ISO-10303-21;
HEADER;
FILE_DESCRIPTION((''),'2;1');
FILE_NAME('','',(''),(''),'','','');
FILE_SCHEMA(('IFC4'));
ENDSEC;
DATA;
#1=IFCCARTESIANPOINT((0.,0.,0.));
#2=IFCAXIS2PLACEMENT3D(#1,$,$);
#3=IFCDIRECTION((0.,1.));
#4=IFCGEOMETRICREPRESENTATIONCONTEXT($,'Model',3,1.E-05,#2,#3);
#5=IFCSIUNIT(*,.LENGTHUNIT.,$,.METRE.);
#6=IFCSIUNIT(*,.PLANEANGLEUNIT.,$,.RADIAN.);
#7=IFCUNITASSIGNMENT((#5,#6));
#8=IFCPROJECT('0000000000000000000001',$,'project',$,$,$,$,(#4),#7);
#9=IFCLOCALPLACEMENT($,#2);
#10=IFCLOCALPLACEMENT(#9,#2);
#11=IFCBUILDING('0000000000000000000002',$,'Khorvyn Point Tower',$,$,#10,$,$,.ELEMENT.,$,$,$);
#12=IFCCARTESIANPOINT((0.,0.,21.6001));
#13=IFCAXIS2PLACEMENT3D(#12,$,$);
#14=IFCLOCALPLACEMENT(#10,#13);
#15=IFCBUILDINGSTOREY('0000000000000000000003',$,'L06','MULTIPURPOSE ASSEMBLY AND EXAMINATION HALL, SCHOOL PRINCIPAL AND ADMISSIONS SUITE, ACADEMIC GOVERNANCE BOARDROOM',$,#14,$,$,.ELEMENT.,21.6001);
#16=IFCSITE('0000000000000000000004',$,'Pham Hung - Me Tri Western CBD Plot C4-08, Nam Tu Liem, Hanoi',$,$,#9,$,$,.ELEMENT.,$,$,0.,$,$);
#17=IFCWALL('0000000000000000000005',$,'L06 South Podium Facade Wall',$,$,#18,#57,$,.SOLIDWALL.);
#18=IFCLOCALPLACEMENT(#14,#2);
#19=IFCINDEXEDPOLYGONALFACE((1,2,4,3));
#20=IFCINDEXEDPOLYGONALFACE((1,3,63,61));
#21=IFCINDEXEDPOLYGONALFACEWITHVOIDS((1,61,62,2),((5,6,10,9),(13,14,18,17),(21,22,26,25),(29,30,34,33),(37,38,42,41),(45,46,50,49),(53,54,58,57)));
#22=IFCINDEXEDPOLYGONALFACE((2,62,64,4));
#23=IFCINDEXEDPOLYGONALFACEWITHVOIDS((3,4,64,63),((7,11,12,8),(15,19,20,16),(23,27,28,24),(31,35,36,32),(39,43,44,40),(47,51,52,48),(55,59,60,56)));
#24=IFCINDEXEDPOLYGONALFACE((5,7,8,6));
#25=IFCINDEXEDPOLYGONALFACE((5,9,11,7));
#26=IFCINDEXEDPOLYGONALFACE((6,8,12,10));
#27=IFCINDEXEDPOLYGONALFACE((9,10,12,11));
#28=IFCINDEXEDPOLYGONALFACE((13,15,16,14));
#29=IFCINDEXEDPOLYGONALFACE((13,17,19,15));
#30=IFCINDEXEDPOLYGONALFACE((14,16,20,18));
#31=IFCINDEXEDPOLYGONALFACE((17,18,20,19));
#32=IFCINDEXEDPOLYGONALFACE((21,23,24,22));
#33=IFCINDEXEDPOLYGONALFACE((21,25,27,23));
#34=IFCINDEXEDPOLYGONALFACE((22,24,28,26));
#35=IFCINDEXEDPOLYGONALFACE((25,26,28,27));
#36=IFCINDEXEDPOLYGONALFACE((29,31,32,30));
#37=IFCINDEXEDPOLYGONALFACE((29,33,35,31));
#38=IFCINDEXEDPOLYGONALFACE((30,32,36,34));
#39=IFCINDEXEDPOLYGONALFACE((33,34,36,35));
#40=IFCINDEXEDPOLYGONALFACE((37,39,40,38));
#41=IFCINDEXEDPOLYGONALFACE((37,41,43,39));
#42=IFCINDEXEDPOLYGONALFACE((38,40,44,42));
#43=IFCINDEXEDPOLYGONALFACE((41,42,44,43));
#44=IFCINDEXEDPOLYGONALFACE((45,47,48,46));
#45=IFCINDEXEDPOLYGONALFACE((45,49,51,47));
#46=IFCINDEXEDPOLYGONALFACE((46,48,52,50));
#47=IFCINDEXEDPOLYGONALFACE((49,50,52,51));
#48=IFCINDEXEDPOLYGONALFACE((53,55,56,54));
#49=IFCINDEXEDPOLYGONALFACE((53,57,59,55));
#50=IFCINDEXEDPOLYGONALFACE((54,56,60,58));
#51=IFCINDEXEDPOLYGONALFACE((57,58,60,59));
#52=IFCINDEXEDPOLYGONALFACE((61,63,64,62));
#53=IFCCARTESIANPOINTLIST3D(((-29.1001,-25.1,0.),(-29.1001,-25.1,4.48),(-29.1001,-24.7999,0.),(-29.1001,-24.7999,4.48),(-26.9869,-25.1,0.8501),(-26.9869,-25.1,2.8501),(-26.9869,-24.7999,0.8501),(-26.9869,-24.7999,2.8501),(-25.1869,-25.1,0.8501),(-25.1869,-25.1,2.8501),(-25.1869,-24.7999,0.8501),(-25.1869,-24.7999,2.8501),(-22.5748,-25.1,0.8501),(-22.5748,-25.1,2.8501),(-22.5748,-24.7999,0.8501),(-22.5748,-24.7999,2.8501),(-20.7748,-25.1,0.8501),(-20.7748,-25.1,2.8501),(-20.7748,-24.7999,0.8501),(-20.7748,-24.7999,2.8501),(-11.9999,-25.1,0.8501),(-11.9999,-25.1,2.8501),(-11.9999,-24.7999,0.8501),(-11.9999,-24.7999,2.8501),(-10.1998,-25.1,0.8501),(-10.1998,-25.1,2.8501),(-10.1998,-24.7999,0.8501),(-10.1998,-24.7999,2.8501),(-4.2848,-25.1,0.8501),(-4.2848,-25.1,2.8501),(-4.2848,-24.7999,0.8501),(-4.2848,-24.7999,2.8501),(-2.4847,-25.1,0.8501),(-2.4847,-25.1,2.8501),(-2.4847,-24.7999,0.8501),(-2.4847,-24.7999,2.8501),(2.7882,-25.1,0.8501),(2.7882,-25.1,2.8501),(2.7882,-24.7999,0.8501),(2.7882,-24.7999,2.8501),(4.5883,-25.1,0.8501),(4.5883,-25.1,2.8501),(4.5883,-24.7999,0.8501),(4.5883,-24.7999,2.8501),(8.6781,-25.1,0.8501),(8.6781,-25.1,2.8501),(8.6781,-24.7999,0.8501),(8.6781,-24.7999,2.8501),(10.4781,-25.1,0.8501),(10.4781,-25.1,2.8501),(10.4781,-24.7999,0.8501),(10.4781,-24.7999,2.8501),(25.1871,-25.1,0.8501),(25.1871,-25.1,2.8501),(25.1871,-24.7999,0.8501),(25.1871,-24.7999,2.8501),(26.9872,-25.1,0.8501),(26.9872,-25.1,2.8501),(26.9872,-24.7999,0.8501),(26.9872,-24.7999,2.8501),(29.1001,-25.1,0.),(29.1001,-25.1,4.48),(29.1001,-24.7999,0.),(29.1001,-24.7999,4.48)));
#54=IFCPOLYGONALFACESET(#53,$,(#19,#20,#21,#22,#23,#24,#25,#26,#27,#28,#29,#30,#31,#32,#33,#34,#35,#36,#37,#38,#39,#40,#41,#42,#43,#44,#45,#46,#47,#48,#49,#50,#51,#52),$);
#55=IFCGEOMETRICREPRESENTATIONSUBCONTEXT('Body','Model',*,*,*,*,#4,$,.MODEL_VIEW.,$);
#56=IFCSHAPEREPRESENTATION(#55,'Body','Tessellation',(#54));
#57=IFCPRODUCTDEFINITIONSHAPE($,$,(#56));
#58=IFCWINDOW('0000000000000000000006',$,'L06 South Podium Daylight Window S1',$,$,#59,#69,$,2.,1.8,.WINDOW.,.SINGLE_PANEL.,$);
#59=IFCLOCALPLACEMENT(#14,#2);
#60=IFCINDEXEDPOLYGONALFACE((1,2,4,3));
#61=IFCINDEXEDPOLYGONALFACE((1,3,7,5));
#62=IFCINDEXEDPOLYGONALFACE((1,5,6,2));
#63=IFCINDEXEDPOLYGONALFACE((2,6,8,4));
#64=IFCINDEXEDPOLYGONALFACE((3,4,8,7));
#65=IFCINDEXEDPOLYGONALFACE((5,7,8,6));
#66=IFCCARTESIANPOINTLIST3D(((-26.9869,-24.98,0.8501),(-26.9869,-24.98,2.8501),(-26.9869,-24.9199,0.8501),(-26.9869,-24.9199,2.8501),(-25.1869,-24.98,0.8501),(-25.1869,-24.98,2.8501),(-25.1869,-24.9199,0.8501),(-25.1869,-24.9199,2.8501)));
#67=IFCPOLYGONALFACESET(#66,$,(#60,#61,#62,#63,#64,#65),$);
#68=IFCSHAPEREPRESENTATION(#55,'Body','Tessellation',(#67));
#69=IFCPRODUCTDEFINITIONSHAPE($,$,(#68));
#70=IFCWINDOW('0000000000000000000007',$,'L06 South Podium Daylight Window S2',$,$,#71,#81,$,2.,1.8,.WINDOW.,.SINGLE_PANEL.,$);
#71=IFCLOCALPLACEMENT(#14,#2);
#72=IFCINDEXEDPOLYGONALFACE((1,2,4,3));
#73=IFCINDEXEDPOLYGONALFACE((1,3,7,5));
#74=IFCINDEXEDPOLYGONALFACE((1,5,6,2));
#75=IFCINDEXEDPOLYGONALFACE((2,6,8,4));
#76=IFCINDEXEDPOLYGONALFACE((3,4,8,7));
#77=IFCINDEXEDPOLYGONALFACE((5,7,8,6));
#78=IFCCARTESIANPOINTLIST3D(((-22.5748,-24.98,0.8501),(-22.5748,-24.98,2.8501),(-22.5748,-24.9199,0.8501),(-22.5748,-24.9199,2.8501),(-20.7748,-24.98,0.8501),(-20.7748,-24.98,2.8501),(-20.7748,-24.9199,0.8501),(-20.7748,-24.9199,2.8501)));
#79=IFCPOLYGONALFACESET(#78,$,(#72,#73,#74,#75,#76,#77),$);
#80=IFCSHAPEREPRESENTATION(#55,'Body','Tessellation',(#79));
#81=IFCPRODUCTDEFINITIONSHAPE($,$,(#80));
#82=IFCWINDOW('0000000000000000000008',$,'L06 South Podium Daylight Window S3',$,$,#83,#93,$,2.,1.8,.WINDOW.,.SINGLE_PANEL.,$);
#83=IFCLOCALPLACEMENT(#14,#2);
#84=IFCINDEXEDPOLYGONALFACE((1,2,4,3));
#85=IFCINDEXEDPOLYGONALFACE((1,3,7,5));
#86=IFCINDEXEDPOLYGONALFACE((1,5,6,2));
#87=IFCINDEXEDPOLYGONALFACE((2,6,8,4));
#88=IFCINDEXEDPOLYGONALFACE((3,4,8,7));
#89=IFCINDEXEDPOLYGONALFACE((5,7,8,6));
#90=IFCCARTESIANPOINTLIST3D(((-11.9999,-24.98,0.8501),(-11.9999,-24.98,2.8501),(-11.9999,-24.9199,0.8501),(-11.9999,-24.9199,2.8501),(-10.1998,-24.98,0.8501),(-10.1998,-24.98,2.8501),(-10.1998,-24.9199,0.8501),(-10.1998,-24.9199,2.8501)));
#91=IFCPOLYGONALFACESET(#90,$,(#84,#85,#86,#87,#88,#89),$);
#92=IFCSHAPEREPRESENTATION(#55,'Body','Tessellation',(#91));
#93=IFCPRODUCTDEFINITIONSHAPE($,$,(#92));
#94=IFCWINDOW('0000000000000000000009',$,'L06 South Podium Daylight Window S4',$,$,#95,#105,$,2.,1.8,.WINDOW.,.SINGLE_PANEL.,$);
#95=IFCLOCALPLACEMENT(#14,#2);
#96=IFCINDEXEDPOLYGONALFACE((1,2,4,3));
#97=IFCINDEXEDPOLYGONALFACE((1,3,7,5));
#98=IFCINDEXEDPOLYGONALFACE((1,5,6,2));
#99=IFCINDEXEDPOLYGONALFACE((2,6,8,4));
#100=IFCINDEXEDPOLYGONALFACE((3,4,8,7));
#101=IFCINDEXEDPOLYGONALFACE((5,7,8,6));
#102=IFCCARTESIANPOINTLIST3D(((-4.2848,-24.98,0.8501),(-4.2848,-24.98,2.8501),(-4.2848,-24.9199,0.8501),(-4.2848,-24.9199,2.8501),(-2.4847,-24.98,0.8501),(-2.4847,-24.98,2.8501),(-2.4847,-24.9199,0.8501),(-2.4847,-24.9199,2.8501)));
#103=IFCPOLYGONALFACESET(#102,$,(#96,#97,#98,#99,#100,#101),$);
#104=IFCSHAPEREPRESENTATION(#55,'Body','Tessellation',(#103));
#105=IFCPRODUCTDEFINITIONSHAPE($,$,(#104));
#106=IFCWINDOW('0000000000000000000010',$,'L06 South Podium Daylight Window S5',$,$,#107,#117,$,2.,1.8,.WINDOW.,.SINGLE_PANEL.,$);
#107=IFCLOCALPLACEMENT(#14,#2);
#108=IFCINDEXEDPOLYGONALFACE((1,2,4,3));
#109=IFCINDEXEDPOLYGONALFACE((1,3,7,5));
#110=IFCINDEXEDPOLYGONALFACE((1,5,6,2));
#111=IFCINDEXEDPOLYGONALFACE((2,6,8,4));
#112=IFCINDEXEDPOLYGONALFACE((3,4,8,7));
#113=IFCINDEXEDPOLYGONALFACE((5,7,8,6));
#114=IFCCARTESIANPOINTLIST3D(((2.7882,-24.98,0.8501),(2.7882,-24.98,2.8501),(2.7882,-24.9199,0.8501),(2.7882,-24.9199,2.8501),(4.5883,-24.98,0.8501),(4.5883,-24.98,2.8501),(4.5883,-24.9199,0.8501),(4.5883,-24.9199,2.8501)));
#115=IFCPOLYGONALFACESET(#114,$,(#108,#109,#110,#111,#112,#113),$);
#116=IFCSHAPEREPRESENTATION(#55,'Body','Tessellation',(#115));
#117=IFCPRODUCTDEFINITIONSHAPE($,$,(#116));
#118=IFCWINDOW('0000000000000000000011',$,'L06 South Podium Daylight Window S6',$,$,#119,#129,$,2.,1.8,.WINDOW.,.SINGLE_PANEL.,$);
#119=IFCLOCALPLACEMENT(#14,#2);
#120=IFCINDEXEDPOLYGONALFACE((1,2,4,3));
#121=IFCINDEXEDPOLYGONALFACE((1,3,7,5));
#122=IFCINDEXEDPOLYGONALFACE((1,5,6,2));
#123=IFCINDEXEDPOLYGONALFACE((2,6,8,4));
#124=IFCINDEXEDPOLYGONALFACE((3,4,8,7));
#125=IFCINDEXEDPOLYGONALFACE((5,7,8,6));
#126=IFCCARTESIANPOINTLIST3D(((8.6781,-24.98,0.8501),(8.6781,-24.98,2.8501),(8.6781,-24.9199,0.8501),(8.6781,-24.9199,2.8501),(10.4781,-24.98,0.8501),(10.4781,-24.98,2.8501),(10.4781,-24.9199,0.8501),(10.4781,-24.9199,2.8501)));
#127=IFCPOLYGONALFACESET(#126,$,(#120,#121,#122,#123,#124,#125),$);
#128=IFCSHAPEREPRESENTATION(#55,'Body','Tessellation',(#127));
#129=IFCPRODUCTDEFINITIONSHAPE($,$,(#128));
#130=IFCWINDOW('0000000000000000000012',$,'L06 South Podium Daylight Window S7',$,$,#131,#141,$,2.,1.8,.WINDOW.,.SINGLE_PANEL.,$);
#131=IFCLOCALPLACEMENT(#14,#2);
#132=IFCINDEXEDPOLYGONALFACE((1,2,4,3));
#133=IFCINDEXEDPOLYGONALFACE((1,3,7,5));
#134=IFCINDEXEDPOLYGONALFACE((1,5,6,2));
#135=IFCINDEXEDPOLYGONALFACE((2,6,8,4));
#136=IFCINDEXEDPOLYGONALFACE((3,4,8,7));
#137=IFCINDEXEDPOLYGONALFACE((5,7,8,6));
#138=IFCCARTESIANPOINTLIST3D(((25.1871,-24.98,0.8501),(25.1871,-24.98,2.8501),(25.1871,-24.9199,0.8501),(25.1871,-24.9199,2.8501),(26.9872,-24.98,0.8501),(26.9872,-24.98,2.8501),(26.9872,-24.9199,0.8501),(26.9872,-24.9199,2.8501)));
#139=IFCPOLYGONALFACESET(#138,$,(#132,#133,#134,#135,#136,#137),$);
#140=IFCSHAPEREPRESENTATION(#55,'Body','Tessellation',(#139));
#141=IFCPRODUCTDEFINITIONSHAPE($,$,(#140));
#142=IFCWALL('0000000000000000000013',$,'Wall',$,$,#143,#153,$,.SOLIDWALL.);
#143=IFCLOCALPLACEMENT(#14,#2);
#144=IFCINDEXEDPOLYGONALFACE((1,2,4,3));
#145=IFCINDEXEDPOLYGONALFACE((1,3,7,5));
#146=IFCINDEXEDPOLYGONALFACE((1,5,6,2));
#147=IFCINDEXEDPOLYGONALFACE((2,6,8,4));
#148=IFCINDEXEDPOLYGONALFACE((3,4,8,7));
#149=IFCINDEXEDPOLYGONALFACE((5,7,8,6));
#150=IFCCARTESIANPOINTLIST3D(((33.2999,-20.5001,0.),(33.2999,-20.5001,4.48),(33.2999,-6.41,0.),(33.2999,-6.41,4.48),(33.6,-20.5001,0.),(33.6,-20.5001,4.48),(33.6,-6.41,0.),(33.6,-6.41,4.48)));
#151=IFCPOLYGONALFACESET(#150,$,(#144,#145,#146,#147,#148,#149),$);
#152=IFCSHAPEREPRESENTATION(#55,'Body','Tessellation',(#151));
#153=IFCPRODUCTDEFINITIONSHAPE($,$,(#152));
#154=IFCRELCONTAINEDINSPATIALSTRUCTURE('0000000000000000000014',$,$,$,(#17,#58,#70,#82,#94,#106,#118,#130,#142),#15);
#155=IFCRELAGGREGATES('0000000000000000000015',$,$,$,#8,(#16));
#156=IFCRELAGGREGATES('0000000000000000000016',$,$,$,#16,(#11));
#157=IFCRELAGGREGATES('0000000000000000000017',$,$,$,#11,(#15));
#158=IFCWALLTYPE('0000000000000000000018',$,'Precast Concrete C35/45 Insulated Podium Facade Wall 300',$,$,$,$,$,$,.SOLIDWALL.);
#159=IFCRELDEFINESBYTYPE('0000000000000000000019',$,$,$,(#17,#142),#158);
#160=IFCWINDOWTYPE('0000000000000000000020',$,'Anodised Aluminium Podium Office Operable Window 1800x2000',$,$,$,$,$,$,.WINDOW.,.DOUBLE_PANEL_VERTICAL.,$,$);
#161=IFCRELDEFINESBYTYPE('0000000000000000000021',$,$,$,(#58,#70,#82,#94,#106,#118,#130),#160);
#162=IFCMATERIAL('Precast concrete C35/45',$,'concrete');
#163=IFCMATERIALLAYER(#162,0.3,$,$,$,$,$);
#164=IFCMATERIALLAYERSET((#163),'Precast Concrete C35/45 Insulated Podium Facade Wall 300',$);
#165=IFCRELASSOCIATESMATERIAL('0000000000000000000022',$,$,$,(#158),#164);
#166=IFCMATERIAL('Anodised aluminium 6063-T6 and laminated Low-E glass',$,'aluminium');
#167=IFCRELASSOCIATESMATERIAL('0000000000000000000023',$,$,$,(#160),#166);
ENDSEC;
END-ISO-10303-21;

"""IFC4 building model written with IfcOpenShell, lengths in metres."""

from ifc_helpers import new_model, si_unit, direction, frame, frame_2d, origin, place, context, subcontext, project, spatial, rectangle, extrude, material, layer, layer_set, type_object, element, fill, save


model = new_model("IFC4")

# Units and contexts
model_context = context("Model", 3, precision=1e-05, world=origin(), true_north=direction((0.0, 1.0)))
body_context = subcontext(model_context, "Body", "Model", "MODEL_VIEW")
ifc_project = project(units=[si_unit("LENGTHUNIT", "METRE"), si_unit("PLANEANGLEUNIT", "RADIAN")], contexts=[model_context])

# Site, building, storey
site_placement = place(None, origin())
site = spatial("IfcSite", under=ifc_project, at=site_placement, Name="Pham Hung - Me Tri Western CBD Plot C4-08, Nam Tu Liem, Hanoi", CompositionType="ELEMENT", RefElevation=0.0)
building_placement = place(site_placement, origin())
building = spatial("IfcBuilding", under=site, at=building_placement, Name="Khorvyn Point Tower", CompositionType="ELEMENT")
storey_placement = place(building_placement, frame((0.0, 0.0, 21.6001)))
storey = spatial("IfcBuildingStorey", under=building, at=storey_placement, Name="L06", Description="MULTIPURPOSE ASSEMBLY AND EXAMINATION HALL, SCHOOL PRINCIPAL AND ADMISSIONS SUITE, ACADEMIC GOVERNANCE BOARDROOM", CompositionType="ELEMENT", Elevation=21.6001)

# Shared definitions
ifc_material_1 = material(Name="Anodised aluminium 6063-T6 and laminated Low-E glass", Category="aluminium")

# Wall, openings, windows
ifc_material_2 = material(Name="Precast concrete C35/45", Category="concrete")
ifc_layer_1 = layer(ifc_material_2, 0.3)
ifc_layer_set_1 = layer_set([ifc_layer_1], Name="Precast Concrete C35/45 Insulated Podium Facade Wall 300")
wall_type_1 = type_object("IfcWallType", Name="Precast Concrete C35/45 Insulated Podium Facade Wall 300", PredefinedType="SOLIDWALL", material=ifc_layer_set_1)
wall_1_placement = place(storey_placement, frame((29.1001, -24.95, 0.0), z_axis=(0.0, 0.0, 1.0), x_axis=(-1.0, 0.0, 0.0)))
wall_1 = element("IfcWall", 1, at=wall_1_placement, inside=storey, type_object=wall_type_1, Name="L06 South Podium Facade Wall", PredefinedType="SOLIDWALL", context=body_context, shape_type="SweptSolid", body=[
    extrude(rectangle(XDim=58.2002, YDim=0.3, at=frame_2d((29.1001, 0.0))), origin(), (0.0, 0.0, 1.0), 4.48),
])
opening_1_placement = place(wall_1_placement, frame((54.2871, 0.0, 0.8501)))
opening_1 = element("IfcOpeningElement", 2, at=opening_1_placement, cuts=wall_1, PredefinedType="OPENING", context=body_context, shape_type="SweptSolid", body=[
    extrude(rectangle(XDim=1.8, YDim=2.0, at=frame_2d((0.8999, 1.0))), frame((0.0, 0.1599, 0.0), z_axis=(0.0, -1.0, 0.0), x_axis=(1.0, 0.0, 0.0)), (0.0, 0.0, 1.0), 0.3201),
])
opening_2_placement = place(wall_1_placement, frame((49.875, 0.0, 0.8501)))
opening_2 = element("IfcOpeningElement", 3, at=opening_2_placement, cuts=wall_1, PredefinedType="OPENING", context=body_context, shape_type="SweptSolid", body=[
    extrude(rectangle(XDim=1.8, YDim=2.0, at=frame_2d((0.8999, 1.0))), frame((0.0, 0.1599, 0.0), z_axis=(0.0, -1.0, 0.0), x_axis=(1.0, 0.0, 0.0)), (0.0, 0.0, 1.0), 0.3201),
])
opening_3_placement = place(wall_1_placement, frame((39.3, 0.0, 0.8501)))
opening_3 = element("IfcOpeningElement", 4, at=opening_3_placement, cuts=wall_1, PredefinedType="OPENING", context=body_context, shape_type="SweptSolid", body=[
    extrude(rectangle(XDim=1.8, YDim=2.0, at=frame_2d((0.8999, 1.0))), frame((0.0, 0.1599, 0.0), z_axis=(0.0, -1.0, 0.0), x_axis=(1.0, 0.0, 0.0)), (0.0, 0.0, 1.0), 0.3201),
])
opening_4_placement = place(wall_1_placement, frame((31.585, 0.0, 0.8501)))
opening_4 = element("IfcOpeningElement", 5, at=opening_4_placement, cuts=wall_1, PredefinedType="OPENING", context=body_context, shape_type="SweptSolid", body=[
    extrude(rectangle(XDim=1.8, YDim=2.0, at=frame_2d((0.8999, 1.0))), frame((0.0, 0.1599, 0.0), z_axis=(0.0, -1.0, 0.0), x_axis=(1.0, 0.0, 0.0)), (0.0, 0.0, 1.0), 0.3201),
])
opening_5_placement = place(wall_1_placement, frame((24.512, 0.0, 0.8501)))
opening_5 = element("IfcOpeningElement", 6, at=opening_5_placement, cuts=wall_1, PredefinedType="OPENING", context=body_context, shape_type="SweptSolid", body=[
    extrude(rectangle(XDim=1.8, YDim=2.0, at=frame_2d((0.8999, 1.0))), frame((0.0, 0.1599, 0.0), z_axis=(0.0, -1.0, 0.0), x_axis=(1.0, 0.0, 0.0)), (0.0, 0.0, 1.0), 0.3201),
])
opening_6_placement = place(wall_1_placement, frame((18.6221, 0.0, 0.8501)))
opening_6 = element("IfcOpeningElement", 7, at=opening_6_placement, cuts=wall_1, PredefinedType="OPENING", context=body_context, shape_type="SweptSolid", body=[
    extrude(rectangle(XDim=1.8, YDim=2.0, at=frame_2d((0.8999, 1.0))), frame((0.0, 0.1599, 0.0), z_axis=(0.0, -1.0, 0.0), x_axis=(1.0, 0.0, 0.0)), (0.0, 0.0, 1.0), 0.3201),
])
opening_7_placement = place(wall_1_placement, frame((2.113, 0.0, 0.8501)))
opening_7 = element("IfcOpeningElement", 8, at=opening_7_placement, cuts=wall_1, PredefinedType="OPENING", context=body_context, shape_type="SweptSolid", body=[
    extrude(rectangle(XDim=1.8, YDim=2.0, at=frame_2d((0.8999, 1.0))), frame((0.0, 0.1599, 0.0), z_axis=(0.0, -1.0, 0.0), x_axis=(1.0, 0.0, 0.0)), (0.0, 0.0, 1.0), 0.3201),
])
window_type_1 = type_object("IfcWindowType", Name="Anodised Aluminium Podium Office Operable Window 1800x2000", PartitioningType="DOUBLE_PANEL_VERTICAL", PredefinedType="WINDOW", material=ifc_material_1)
window_1_placement = place(opening_1_placement, origin())
window_1 = element("IfcWindow", 9, at=window_1_placement, inside=storey, type_object=window_type_1, Name="L06 South Podium Daylight Window S1", OverallHeight=2.0, OverallWidth=1.8, PartitioningType="SINGLE_PANEL", PredefinedType="WINDOW", context=body_context, shape_type="SweptSolid", body=[
    extrude(rectangle(XDim=1.8, YDim=2.0, at=frame_2d((0.8999, 1.0))), frame((0.0, 0.03, 0.0), z_axis=(0.0, -1.0, 0.0), x_axis=(1.0, 0.0, 0.0)), (0.0, 0.0, 1.0), 0.0601),
])
fill(opening_1, window_1)
window_2_placement = place(opening_2_placement, origin())
window_2 = element("IfcWindow", 10, at=window_2_placement, inside=storey, type_object=window_type_1, Name="L06 South Podium Daylight Window S2", OverallHeight=2.0, OverallWidth=1.8, PartitioningType="SINGLE_PANEL", PredefinedType="WINDOW", context=body_context, shape_type="SweptSolid", body=[
    extrude(rectangle(XDim=1.8, YDim=2.0, at=frame_2d((0.8999, 1.0))), frame((0.0, 0.03, 0.0), z_axis=(0.0, -1.0, 0.0), x_axis=(1.0, 0.0, 0.0)), (0.0, 0.0, 1.0), 0.0601),
])
fill(opening_2, window_2)
window_3_placement = place(opening_3_placement, origin())
window_3 = element("IfcWindow", 11, at=window_3_placement, inside=storey, type_object=window_type_1, Name="L06 South Podium Daylight Window S3", OverallHeight=2.0, OverallWidth=1.8, PartitioningType="SINGLE_PANEL", PredefinedType="WINDOW", context=body_context, shape_type="SweptSolid", body=[
    extrude(rectangle(XDim=1.8, YDim=2.0, at=frame_2d((0.8999, 1.0))), frame((0.0, 0.03, 0.0), z_axis=(0.0, -1.0, 0.0), x_axis=(1.0, 0.0, 0.0)), (0.0, 0.0, 1.0), 0.0601),
])
fill(opening_3, window_3)
window_4_placement = place(opening_4_placement, origin())
window_4 = element("IfcWindow", 12, at=window_4_placement, inside=storey, type_object=window_type_1, Name="L06 South Podium Daylight Window S4", OverallHeight=2.0, OverallWidth=1.8, PartitioningType="SINGLE_PANEL", PredefinedType="WINDOW", context=body_context, shape_type="SweptSolid", body=[
    extrude(rectangle(XDim=1.8, YDim=2.0, at=frame_2d((0.8999, 1.0))), frame((0.0, 0.03, 0.0), z_axis=(0.0, -1.0, 0.0), x_axis=(1.0, 0.0, 0.0)), (0.0, 0.0, 1.0), 0.0601),
])
fill(opening_4, window_4)
window_5_placement = place(opening_5_placement, origin())
window_5 = element("IfcWindow", 13, at=window_5_placement, inside=storey, type_object=window_type_1, Name="L06 South Podium Daylight Window S5", OverallHeight=2.0, OverallWidth=1.8, PartitioningType="SINGLE_PANEL", PredefinedType="WINDOW", context=body_context, shape_type="SweptSolid", body=[
    extrude(rectangle(XDim=1.8, YDim=2.0, at=frame_2d((0.8999, 1.0))), frame((0.0, 0.03, 0.0), z_axis=(0.0, -1.0, 0.0), x_axis=(1.0, 0.0, 0.0)), (0.0, 0.0, 1.0), 0.0601),
])
fill(opening_5, window_5)
window_6_placement = place(opening_6_placement, origin())
window_6 = element("IfcWindow", 14, at=window_6_placement, inside=storey, type_object=window_type_1, Name="L06 South Podium Daylight Window S6", OverallHeight=2.0, OverallWidth=1.8, PartitioningType="SINGLE_PANEL", PredefinedType="WINDOW", context=body_context, shape_type="SweptSolid", body=[
    extrude(rectangle(XDim=1.8, YDim=2.0, at=frame_2d((0.8999, 1.0))), frame((0.0, 0.03, 0.0), z_axis=(0.0, -1.0, 0.0), x_axis=(1.0, 0.0, 0.0)), (0.0, 0.0, 1.0), 0.0601),
])
fill(opening_6, window_6)
window_7_placement = place(opening_7_placement, origin())
window_7 = element("IfcWindow", 15, at=window_7_placement, inside=storey, type_object=window_type_1, Name="L06 South Podium Daylight Window S7", OverallHeight=2.0, OverallWidth=1.8, PartitioningType="SINGLE_PANEL", PredefinedType="WINDOW", context=body_context, shape_type="SweptSolid", body=[
    extrude(rectangle(XDim=1.8, YDim=2.0, at=frame_2d((0.8999, 1.0))), frame((0.0, 0.03, 0.0), z_axis=(0.0, -1.0, 0.0), x_axis=(1.0, 0.0, 0.0)), (0.0, 0.0, 1.0), 0.0601),
])
fill(opening_7, window_7)

# Wall
wall_2_placement = place(storey_placement, frame((33.45, -20.5, 0.0), z_axis=(0.0, 0.0, 1.0), x_axis=(0.0, 1.0, 0.0)))
element("IfcWall", 16, at=wall_2_placement, inside=storey, type_object=wall_type_1, Name="Wall", PredefinedType="SOLIDWALL", context=body_context, shape_type="SweptSolid", body=[
    extrude(rectangle(XDim=14.0901, YDim=0.3, at=frame_2d((7.0449, 0.0))), origin(), (0.0, 0.0, 1.0), 4.48),
])

save(model, "model.ifc")
